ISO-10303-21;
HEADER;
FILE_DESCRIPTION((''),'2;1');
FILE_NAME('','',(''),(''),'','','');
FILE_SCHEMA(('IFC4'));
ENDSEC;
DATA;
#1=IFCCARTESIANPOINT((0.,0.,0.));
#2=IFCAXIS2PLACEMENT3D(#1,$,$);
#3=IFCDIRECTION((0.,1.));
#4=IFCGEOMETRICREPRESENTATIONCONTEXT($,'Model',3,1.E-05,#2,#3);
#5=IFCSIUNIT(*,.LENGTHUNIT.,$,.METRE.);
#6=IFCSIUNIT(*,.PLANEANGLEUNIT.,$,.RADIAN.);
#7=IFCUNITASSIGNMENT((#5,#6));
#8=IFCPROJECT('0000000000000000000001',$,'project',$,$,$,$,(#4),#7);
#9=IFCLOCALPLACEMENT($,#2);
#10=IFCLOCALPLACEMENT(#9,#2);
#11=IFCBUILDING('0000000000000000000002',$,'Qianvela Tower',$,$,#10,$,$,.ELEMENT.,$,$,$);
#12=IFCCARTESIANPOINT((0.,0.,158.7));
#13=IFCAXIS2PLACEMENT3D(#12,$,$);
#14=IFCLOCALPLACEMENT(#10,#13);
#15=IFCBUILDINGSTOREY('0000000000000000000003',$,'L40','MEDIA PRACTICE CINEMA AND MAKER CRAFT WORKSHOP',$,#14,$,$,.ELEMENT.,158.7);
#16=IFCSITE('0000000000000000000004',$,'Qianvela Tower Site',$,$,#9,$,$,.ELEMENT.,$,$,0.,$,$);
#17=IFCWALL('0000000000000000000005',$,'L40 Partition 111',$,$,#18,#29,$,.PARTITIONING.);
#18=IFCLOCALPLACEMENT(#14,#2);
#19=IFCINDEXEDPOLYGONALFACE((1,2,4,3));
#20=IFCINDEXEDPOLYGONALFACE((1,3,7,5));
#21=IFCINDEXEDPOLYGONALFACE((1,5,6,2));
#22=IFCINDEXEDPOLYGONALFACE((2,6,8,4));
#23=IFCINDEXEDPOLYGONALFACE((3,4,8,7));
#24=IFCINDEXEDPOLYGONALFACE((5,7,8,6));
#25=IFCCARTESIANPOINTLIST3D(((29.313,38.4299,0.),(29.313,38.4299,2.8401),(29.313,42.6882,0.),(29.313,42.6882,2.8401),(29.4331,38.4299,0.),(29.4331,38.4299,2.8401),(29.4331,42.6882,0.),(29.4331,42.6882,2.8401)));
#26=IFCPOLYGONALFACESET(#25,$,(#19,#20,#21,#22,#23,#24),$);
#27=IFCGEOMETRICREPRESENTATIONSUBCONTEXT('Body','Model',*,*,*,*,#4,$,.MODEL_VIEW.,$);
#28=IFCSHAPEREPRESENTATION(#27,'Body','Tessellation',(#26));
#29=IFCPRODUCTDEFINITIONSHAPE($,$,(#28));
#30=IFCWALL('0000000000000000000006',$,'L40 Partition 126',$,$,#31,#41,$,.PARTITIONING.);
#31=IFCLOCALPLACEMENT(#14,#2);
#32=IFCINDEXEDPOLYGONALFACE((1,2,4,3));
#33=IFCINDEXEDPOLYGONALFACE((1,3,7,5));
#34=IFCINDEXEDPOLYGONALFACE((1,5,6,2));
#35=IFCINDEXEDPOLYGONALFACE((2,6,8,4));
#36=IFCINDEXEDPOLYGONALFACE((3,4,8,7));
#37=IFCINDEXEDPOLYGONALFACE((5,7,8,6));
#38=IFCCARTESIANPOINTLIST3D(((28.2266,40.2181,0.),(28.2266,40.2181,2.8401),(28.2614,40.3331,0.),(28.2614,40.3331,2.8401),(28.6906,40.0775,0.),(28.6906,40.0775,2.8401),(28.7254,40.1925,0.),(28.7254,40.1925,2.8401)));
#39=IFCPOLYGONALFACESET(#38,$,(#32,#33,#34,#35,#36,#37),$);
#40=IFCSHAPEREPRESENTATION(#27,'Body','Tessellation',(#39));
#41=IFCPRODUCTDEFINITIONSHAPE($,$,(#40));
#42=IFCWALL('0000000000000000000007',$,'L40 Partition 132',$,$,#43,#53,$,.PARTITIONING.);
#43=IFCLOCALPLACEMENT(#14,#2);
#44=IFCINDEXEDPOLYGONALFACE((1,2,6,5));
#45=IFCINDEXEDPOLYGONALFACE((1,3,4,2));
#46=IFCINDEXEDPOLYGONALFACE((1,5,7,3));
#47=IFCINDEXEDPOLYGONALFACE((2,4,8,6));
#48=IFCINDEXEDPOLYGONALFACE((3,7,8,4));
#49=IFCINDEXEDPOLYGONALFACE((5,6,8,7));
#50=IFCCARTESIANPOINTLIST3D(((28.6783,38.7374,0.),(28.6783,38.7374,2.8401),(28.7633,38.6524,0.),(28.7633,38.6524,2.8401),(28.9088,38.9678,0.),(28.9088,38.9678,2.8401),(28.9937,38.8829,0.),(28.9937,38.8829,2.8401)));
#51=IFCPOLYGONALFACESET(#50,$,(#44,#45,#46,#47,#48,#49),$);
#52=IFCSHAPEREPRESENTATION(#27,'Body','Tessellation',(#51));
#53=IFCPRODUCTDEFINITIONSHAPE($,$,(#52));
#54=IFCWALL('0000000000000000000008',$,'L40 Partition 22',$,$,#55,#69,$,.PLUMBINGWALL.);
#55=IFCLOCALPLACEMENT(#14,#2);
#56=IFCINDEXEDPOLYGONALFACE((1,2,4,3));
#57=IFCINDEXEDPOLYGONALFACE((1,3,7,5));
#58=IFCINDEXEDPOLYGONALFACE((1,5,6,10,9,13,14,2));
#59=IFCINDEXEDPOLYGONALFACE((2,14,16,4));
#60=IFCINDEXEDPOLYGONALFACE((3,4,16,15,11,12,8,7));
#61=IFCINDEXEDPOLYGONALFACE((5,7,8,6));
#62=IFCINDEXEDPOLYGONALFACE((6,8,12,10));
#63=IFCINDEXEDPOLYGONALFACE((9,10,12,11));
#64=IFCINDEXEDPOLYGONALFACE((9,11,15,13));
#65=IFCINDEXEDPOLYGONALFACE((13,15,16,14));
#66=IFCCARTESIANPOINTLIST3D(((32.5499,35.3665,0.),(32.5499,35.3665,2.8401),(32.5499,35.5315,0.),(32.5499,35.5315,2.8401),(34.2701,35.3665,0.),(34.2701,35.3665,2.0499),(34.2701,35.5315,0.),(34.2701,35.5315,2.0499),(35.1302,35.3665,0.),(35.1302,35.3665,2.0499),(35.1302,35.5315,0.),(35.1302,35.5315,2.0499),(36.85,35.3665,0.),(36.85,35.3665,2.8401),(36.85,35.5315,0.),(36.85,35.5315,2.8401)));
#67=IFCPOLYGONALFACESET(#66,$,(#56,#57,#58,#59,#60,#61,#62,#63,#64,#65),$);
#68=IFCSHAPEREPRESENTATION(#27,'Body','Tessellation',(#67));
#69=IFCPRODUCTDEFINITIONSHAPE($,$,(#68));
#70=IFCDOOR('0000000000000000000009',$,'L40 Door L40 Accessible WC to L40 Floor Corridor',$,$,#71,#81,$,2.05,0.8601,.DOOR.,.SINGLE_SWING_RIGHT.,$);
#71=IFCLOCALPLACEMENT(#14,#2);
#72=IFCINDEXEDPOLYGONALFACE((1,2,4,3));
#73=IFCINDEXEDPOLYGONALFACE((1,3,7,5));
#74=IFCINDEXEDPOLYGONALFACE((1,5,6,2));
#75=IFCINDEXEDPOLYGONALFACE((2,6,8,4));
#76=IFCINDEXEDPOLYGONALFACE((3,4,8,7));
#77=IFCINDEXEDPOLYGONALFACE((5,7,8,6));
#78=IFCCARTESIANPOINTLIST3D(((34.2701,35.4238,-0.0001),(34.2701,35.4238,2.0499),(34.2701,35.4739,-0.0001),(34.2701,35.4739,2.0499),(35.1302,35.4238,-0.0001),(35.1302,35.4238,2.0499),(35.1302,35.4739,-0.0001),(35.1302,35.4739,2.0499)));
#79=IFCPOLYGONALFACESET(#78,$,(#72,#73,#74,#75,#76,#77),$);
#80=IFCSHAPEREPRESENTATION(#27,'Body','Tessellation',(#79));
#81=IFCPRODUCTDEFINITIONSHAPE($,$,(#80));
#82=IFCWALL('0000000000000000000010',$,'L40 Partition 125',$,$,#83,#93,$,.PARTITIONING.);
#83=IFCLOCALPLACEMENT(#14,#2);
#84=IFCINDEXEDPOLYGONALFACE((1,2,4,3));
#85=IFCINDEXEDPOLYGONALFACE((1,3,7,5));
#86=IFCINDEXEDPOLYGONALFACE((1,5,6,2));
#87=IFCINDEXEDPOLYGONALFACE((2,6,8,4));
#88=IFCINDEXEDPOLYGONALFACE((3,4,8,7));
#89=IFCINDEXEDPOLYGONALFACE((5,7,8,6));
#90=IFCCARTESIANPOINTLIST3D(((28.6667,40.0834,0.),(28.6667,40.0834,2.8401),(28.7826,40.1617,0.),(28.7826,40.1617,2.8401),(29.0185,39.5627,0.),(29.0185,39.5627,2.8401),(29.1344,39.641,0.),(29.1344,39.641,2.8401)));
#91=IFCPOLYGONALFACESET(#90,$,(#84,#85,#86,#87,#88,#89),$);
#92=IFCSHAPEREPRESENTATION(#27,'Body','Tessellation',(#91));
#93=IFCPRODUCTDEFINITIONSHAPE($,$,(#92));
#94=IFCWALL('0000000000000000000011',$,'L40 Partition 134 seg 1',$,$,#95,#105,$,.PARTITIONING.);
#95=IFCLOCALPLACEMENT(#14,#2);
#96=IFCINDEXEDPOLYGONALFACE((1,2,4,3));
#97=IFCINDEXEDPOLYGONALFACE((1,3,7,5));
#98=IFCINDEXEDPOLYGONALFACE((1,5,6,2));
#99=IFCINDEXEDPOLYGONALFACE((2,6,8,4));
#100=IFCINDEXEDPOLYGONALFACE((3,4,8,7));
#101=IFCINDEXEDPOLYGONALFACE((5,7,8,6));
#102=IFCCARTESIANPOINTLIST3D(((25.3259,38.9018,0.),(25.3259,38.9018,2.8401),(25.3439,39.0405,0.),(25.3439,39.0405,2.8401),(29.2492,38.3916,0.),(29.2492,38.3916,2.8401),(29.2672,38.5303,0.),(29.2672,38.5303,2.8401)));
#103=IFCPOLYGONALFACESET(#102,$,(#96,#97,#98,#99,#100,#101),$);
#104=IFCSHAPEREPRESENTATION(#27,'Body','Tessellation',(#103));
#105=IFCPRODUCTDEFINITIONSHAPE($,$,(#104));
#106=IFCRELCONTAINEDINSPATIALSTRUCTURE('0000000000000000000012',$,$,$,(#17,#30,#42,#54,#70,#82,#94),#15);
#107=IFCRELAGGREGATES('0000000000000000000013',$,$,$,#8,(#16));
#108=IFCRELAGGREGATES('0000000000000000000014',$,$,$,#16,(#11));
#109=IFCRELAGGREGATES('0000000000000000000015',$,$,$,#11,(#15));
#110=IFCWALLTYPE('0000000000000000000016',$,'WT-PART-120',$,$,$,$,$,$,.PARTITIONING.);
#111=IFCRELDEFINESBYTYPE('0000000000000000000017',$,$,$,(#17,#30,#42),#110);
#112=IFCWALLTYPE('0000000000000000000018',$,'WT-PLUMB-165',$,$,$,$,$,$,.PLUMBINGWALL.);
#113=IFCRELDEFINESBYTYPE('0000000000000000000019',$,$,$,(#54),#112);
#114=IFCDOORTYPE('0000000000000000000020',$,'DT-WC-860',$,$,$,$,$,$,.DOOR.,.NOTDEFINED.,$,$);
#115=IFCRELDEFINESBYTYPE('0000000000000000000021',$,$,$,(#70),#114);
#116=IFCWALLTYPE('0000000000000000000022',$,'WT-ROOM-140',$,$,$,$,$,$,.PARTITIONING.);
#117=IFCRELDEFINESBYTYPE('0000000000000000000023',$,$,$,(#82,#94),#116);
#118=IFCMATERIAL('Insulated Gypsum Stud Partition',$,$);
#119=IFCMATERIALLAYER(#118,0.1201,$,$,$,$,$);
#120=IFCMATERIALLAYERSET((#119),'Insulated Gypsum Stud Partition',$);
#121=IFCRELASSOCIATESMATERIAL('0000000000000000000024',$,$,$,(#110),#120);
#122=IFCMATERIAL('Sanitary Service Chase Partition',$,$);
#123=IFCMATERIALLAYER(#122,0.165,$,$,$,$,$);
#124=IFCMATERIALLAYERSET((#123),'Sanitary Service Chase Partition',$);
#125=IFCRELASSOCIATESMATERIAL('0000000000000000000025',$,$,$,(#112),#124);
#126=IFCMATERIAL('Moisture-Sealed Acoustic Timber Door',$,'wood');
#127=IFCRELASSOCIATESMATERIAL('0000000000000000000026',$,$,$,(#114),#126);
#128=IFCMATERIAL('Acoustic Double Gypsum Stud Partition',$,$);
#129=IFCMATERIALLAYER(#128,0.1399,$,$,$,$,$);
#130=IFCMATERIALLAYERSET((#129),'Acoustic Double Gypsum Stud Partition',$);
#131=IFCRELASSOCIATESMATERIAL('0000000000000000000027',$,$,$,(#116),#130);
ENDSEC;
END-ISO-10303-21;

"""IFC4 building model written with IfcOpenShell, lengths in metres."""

from ifc_helpers import new_model, si_unit, direction, frame, frame_2d, origin, place, context, subcontext, project, spatial, rectangle, extrude, material, layer, layer_set, type_object, element, fill, save


model = new_model("IFC4")

# Units and contexts
model_context = context("Model", 3, precision=1e-05, world=origin(), true_north=direction((0.0, 1.0)))
body_context = subcontext(model_context, "Body", "Model", "MODEL_VIEW")
ifc_project = project(units=[si_unit("LENGTHUNIT", "METRE"), si_unit("PLANEANGLEUNIT", "RADIAN")], contexts=[model_context])

# Site, building, storey
site_placement = place(None, origin())
site = spatial("IfcSite", under=ifc_project, at=site_placement, Name="Qianvela Tower Site", CompositionType="ELEMENT", RefElevation=0.0)
building_placement = place(site_placement, origin())
building = spatial("IfcBuilding", under=site, at=building_placement, Name="Qianvela Tower", CompositionType="ELEMENT")
storey_placement = place(building_placement, frame((0.0, 0.0, 158.7)))
storey = spatial("IfcBuildingStorey", under=building, at=storey_placement, Name="L40", Description="MEDIA PRACTICE CINEMA AND MAKER CRAFT WORKSHOP", CompositionType="ELEMENT", Elevation=158.7)

# Walls
ifc_material_1 = material(Name="Insulated Gypsum Stud Partition")
ifc_layer_1 = layer(ifc_material_1, 0.1201)
ifc_layer_set_1 = layer_set([ifc_layer_1], Name="Insulated Gypsum Stud Partition")
wall_type_1 = type_object("IfcWallType", Name="WT-PART-120", PredefinedType="PARTITIONING", material=ifc_layer_set_1)
wall_1_placement = place(storey_placement, frame((29.373, 38.4299, 0.0), z_axis=(0.0, 0.0, 1.0), x_axis=(0.0, 1.0, 0.0)))
element("IfcWall", 1, at=wall_1_placement, inside=storey, type_object=wall_type_1, Name="L40 Partition 111", PredefinedType="PARTITIONING", context=body_context, shape_type="SweptSolid", body=[
    extrude(rectangle(XDim=4.2583, YDim=0.1201, at=frame_2d((2.1292, 0.0))), origin(), (0.0, 0.0, 1.0), 2.8401),
])
wall_2_placement = place(storey_placement, frame((28.708, 40.135, 0.0), z_axis=(0.0, 0.0, 1.0), x_axis=(-0.957033, 0.289979, 0.0)))
element("IfcWall", 2, at=wall_2_placement, inside=storey, type_object=wall_type_1, Name="L40 Partition 126", PredefinedType="PARTITIONING", context=body_context, shape_type="SweptSolid", body=[
    extrude(rectangle(XDim=0.4849, YDim=0.1201, at=frame_2d((0.2424, 0.0))), origin(), (0.0, 0.0, 1.0), 2.8401),
])
wall_3_placement = place(storey_placement, frame((28.7207, 38.6948, 0.0), z_axis=(0.0, 0.0, 1.0), x_axis=(0.707107, 0.707107, 0.0)))
element("IfcWall", 3, at=wall_3_placement, inside=storey, type_object=wall_type_1, Name="L40 Partition 132", PredefinedType="PARTITIONING", context=body_context, shape_type="SweptSolid", body=[
    extrude(rectangle(XDim=0.3259, YDim=0.1201, at=frame_2d((0.1631, 0.0))), origin(), (0.0, 0.0, 1.0), 2.8401),
])

# Wall, opening, door
ifc_material_2 = material(Name="Sanitary Service Chase Partition")
ifc_layer_2 = layer(ifc_material_2, 0.165)
ifc_layer_set_2 = layer_set([ifc_layer_2], Name="Sanitary Service Chase Partition")
wall_type_2 = type_object("IfcWallType", Name="WT-PLUMB-165", PredefinedType="PLUMBINGWALL", material=ifc_layer_set_2)
wall_4_placement = place(storey_placement, frame((32.55, 35.449, 0.0), z_axis=(0.0, 0.0, 1.0), x_axis=(1.0, 0.0, 0.0)))
wall_4 = element("IfcWall", 4, at=wall_4_placement, inside=storey, type_object=wall_type_2, Name="L40 Partition 22", PredefinedType="PLUMBINGWALL", context=body_context, shape_type="SweptSolid", body=[
    extrude(rectangle(XDim=4.3, YDim=0.165, at=frame_2d((2.1499, 0.0))), origin(), (0.0, 0.0, 1.0), 2.8401),
])
opening_1_placement = place(wall_4_placement, frame((1.72, 0.0, 0.0)))
opening_1 = element("IfcOpeningElement", 5, at=opening_1_placement, cuts=wall_4, PredefinedType="OPENING", context=body_context, shape_type="SweptSolid", body=[
    extrude(rectangle(XDim=0.8601, YDim=2.05, at=frame_2d((0.4302, 1.0249))), frame((0.0, 0.0925, 0.0), z_axis=(0.0, -1.0, 0.0), x_axis=(1.0, 0.0, 0.0)), (0.0, 0.0, 1.0), 0.1851),
])
ifc_material_3 = material(Name="Moisture-Sealed Acoustic Timber Door", Category="wood")
door_type_1 = type_object("IfcDoorType", Name="DT-WC-860", OperationType="NOTDEFINED", PredefinedType="DOOR", material=ifc_material_3)
door_1_placement = place(opening_1_placement, origin())
door_1 = element("IfcDoor", 6, at=door_1_placement, inside=storey, type_object=door_type_1, Name="L40 Door L40 Accessible WC to L40 Floor Corridor", OperationType="SINGLE_SWING_RIGHT", OverallHeight=2.05, OverallWidth=0.8601, PredefinedType="DOOR", context=body_context, shape_type="SweptSolid", body=[
    extrude(rectangle(XDim=0.8601, YDim=2.05, at=frame_2d((0.4302, 1.0249))), frame((0.0, 0.0249, 0.0), z_axis=(0.0, -1.0, 0.0), x_axis=(1.0, 0.0, 0.0)), (0.0, 0.0, 1.0), 0.05),
])
fill(opening_1, door_1)

# Walls
ifc_material_4 = material(Name="Acoustic Double Gypsum Stud Partition")
ifc_layer_3 = layer(ifc_material_4, 0.1399)
ifc_layer_set_3 = layer_set([ifc_layer_3], Name="Acoustic Double Gypsum Stud Partition")
wall_type_3 = type_object("IfcWallType", Name="WT-ROOM-140", PredefinedType="PARTITIONING", material=ifc_layer_set_3)
wall_5_placement = place(storey_placement, frame((29.0764, 39.6018, 0.0), z_axis=(0.0, 0.0, 1.0), x_axis=(-0.5598, 0.828628, 0.0)))
element("IfcWall", 7, at=wall_5_placement, inside=storey, type_object=wall_type_3, Name="L40 Partition 125", PredefinedType="PARTITIONING", context=body_context, shape_type="SweptSolid", body=[
    extrude(rectangle(XDim=0.6284, YDim=0.1399, at=frame_2d((0.3142, 0.0))), origin(), (0.0, 0.0, 1.0), 2.8401),
])
wall_6_placement = place(storey_placement, frame((29.2581, 38.4609, 0.0), z_axis=(0.0, 0.0, 1.0), x_axis=(-0.991649, 0.12897, 0.0)))
element("IfcWall", 8, at=wall_6_placement, inside=storey, type_object=wall_type_3, Name="L40 Partition 134 seg 1", PredefinedType="PARTITIONING", context=body_context, shape_type="SweptSolid", body=[
    extrude(rectangle(XDim=3.9563, YDim=0.1399, at=frame_2d((1.978, 0.0))), origin(), (0.0, 0.0, 1.0), 2.8401),
])

save(model, "model.ifc")
